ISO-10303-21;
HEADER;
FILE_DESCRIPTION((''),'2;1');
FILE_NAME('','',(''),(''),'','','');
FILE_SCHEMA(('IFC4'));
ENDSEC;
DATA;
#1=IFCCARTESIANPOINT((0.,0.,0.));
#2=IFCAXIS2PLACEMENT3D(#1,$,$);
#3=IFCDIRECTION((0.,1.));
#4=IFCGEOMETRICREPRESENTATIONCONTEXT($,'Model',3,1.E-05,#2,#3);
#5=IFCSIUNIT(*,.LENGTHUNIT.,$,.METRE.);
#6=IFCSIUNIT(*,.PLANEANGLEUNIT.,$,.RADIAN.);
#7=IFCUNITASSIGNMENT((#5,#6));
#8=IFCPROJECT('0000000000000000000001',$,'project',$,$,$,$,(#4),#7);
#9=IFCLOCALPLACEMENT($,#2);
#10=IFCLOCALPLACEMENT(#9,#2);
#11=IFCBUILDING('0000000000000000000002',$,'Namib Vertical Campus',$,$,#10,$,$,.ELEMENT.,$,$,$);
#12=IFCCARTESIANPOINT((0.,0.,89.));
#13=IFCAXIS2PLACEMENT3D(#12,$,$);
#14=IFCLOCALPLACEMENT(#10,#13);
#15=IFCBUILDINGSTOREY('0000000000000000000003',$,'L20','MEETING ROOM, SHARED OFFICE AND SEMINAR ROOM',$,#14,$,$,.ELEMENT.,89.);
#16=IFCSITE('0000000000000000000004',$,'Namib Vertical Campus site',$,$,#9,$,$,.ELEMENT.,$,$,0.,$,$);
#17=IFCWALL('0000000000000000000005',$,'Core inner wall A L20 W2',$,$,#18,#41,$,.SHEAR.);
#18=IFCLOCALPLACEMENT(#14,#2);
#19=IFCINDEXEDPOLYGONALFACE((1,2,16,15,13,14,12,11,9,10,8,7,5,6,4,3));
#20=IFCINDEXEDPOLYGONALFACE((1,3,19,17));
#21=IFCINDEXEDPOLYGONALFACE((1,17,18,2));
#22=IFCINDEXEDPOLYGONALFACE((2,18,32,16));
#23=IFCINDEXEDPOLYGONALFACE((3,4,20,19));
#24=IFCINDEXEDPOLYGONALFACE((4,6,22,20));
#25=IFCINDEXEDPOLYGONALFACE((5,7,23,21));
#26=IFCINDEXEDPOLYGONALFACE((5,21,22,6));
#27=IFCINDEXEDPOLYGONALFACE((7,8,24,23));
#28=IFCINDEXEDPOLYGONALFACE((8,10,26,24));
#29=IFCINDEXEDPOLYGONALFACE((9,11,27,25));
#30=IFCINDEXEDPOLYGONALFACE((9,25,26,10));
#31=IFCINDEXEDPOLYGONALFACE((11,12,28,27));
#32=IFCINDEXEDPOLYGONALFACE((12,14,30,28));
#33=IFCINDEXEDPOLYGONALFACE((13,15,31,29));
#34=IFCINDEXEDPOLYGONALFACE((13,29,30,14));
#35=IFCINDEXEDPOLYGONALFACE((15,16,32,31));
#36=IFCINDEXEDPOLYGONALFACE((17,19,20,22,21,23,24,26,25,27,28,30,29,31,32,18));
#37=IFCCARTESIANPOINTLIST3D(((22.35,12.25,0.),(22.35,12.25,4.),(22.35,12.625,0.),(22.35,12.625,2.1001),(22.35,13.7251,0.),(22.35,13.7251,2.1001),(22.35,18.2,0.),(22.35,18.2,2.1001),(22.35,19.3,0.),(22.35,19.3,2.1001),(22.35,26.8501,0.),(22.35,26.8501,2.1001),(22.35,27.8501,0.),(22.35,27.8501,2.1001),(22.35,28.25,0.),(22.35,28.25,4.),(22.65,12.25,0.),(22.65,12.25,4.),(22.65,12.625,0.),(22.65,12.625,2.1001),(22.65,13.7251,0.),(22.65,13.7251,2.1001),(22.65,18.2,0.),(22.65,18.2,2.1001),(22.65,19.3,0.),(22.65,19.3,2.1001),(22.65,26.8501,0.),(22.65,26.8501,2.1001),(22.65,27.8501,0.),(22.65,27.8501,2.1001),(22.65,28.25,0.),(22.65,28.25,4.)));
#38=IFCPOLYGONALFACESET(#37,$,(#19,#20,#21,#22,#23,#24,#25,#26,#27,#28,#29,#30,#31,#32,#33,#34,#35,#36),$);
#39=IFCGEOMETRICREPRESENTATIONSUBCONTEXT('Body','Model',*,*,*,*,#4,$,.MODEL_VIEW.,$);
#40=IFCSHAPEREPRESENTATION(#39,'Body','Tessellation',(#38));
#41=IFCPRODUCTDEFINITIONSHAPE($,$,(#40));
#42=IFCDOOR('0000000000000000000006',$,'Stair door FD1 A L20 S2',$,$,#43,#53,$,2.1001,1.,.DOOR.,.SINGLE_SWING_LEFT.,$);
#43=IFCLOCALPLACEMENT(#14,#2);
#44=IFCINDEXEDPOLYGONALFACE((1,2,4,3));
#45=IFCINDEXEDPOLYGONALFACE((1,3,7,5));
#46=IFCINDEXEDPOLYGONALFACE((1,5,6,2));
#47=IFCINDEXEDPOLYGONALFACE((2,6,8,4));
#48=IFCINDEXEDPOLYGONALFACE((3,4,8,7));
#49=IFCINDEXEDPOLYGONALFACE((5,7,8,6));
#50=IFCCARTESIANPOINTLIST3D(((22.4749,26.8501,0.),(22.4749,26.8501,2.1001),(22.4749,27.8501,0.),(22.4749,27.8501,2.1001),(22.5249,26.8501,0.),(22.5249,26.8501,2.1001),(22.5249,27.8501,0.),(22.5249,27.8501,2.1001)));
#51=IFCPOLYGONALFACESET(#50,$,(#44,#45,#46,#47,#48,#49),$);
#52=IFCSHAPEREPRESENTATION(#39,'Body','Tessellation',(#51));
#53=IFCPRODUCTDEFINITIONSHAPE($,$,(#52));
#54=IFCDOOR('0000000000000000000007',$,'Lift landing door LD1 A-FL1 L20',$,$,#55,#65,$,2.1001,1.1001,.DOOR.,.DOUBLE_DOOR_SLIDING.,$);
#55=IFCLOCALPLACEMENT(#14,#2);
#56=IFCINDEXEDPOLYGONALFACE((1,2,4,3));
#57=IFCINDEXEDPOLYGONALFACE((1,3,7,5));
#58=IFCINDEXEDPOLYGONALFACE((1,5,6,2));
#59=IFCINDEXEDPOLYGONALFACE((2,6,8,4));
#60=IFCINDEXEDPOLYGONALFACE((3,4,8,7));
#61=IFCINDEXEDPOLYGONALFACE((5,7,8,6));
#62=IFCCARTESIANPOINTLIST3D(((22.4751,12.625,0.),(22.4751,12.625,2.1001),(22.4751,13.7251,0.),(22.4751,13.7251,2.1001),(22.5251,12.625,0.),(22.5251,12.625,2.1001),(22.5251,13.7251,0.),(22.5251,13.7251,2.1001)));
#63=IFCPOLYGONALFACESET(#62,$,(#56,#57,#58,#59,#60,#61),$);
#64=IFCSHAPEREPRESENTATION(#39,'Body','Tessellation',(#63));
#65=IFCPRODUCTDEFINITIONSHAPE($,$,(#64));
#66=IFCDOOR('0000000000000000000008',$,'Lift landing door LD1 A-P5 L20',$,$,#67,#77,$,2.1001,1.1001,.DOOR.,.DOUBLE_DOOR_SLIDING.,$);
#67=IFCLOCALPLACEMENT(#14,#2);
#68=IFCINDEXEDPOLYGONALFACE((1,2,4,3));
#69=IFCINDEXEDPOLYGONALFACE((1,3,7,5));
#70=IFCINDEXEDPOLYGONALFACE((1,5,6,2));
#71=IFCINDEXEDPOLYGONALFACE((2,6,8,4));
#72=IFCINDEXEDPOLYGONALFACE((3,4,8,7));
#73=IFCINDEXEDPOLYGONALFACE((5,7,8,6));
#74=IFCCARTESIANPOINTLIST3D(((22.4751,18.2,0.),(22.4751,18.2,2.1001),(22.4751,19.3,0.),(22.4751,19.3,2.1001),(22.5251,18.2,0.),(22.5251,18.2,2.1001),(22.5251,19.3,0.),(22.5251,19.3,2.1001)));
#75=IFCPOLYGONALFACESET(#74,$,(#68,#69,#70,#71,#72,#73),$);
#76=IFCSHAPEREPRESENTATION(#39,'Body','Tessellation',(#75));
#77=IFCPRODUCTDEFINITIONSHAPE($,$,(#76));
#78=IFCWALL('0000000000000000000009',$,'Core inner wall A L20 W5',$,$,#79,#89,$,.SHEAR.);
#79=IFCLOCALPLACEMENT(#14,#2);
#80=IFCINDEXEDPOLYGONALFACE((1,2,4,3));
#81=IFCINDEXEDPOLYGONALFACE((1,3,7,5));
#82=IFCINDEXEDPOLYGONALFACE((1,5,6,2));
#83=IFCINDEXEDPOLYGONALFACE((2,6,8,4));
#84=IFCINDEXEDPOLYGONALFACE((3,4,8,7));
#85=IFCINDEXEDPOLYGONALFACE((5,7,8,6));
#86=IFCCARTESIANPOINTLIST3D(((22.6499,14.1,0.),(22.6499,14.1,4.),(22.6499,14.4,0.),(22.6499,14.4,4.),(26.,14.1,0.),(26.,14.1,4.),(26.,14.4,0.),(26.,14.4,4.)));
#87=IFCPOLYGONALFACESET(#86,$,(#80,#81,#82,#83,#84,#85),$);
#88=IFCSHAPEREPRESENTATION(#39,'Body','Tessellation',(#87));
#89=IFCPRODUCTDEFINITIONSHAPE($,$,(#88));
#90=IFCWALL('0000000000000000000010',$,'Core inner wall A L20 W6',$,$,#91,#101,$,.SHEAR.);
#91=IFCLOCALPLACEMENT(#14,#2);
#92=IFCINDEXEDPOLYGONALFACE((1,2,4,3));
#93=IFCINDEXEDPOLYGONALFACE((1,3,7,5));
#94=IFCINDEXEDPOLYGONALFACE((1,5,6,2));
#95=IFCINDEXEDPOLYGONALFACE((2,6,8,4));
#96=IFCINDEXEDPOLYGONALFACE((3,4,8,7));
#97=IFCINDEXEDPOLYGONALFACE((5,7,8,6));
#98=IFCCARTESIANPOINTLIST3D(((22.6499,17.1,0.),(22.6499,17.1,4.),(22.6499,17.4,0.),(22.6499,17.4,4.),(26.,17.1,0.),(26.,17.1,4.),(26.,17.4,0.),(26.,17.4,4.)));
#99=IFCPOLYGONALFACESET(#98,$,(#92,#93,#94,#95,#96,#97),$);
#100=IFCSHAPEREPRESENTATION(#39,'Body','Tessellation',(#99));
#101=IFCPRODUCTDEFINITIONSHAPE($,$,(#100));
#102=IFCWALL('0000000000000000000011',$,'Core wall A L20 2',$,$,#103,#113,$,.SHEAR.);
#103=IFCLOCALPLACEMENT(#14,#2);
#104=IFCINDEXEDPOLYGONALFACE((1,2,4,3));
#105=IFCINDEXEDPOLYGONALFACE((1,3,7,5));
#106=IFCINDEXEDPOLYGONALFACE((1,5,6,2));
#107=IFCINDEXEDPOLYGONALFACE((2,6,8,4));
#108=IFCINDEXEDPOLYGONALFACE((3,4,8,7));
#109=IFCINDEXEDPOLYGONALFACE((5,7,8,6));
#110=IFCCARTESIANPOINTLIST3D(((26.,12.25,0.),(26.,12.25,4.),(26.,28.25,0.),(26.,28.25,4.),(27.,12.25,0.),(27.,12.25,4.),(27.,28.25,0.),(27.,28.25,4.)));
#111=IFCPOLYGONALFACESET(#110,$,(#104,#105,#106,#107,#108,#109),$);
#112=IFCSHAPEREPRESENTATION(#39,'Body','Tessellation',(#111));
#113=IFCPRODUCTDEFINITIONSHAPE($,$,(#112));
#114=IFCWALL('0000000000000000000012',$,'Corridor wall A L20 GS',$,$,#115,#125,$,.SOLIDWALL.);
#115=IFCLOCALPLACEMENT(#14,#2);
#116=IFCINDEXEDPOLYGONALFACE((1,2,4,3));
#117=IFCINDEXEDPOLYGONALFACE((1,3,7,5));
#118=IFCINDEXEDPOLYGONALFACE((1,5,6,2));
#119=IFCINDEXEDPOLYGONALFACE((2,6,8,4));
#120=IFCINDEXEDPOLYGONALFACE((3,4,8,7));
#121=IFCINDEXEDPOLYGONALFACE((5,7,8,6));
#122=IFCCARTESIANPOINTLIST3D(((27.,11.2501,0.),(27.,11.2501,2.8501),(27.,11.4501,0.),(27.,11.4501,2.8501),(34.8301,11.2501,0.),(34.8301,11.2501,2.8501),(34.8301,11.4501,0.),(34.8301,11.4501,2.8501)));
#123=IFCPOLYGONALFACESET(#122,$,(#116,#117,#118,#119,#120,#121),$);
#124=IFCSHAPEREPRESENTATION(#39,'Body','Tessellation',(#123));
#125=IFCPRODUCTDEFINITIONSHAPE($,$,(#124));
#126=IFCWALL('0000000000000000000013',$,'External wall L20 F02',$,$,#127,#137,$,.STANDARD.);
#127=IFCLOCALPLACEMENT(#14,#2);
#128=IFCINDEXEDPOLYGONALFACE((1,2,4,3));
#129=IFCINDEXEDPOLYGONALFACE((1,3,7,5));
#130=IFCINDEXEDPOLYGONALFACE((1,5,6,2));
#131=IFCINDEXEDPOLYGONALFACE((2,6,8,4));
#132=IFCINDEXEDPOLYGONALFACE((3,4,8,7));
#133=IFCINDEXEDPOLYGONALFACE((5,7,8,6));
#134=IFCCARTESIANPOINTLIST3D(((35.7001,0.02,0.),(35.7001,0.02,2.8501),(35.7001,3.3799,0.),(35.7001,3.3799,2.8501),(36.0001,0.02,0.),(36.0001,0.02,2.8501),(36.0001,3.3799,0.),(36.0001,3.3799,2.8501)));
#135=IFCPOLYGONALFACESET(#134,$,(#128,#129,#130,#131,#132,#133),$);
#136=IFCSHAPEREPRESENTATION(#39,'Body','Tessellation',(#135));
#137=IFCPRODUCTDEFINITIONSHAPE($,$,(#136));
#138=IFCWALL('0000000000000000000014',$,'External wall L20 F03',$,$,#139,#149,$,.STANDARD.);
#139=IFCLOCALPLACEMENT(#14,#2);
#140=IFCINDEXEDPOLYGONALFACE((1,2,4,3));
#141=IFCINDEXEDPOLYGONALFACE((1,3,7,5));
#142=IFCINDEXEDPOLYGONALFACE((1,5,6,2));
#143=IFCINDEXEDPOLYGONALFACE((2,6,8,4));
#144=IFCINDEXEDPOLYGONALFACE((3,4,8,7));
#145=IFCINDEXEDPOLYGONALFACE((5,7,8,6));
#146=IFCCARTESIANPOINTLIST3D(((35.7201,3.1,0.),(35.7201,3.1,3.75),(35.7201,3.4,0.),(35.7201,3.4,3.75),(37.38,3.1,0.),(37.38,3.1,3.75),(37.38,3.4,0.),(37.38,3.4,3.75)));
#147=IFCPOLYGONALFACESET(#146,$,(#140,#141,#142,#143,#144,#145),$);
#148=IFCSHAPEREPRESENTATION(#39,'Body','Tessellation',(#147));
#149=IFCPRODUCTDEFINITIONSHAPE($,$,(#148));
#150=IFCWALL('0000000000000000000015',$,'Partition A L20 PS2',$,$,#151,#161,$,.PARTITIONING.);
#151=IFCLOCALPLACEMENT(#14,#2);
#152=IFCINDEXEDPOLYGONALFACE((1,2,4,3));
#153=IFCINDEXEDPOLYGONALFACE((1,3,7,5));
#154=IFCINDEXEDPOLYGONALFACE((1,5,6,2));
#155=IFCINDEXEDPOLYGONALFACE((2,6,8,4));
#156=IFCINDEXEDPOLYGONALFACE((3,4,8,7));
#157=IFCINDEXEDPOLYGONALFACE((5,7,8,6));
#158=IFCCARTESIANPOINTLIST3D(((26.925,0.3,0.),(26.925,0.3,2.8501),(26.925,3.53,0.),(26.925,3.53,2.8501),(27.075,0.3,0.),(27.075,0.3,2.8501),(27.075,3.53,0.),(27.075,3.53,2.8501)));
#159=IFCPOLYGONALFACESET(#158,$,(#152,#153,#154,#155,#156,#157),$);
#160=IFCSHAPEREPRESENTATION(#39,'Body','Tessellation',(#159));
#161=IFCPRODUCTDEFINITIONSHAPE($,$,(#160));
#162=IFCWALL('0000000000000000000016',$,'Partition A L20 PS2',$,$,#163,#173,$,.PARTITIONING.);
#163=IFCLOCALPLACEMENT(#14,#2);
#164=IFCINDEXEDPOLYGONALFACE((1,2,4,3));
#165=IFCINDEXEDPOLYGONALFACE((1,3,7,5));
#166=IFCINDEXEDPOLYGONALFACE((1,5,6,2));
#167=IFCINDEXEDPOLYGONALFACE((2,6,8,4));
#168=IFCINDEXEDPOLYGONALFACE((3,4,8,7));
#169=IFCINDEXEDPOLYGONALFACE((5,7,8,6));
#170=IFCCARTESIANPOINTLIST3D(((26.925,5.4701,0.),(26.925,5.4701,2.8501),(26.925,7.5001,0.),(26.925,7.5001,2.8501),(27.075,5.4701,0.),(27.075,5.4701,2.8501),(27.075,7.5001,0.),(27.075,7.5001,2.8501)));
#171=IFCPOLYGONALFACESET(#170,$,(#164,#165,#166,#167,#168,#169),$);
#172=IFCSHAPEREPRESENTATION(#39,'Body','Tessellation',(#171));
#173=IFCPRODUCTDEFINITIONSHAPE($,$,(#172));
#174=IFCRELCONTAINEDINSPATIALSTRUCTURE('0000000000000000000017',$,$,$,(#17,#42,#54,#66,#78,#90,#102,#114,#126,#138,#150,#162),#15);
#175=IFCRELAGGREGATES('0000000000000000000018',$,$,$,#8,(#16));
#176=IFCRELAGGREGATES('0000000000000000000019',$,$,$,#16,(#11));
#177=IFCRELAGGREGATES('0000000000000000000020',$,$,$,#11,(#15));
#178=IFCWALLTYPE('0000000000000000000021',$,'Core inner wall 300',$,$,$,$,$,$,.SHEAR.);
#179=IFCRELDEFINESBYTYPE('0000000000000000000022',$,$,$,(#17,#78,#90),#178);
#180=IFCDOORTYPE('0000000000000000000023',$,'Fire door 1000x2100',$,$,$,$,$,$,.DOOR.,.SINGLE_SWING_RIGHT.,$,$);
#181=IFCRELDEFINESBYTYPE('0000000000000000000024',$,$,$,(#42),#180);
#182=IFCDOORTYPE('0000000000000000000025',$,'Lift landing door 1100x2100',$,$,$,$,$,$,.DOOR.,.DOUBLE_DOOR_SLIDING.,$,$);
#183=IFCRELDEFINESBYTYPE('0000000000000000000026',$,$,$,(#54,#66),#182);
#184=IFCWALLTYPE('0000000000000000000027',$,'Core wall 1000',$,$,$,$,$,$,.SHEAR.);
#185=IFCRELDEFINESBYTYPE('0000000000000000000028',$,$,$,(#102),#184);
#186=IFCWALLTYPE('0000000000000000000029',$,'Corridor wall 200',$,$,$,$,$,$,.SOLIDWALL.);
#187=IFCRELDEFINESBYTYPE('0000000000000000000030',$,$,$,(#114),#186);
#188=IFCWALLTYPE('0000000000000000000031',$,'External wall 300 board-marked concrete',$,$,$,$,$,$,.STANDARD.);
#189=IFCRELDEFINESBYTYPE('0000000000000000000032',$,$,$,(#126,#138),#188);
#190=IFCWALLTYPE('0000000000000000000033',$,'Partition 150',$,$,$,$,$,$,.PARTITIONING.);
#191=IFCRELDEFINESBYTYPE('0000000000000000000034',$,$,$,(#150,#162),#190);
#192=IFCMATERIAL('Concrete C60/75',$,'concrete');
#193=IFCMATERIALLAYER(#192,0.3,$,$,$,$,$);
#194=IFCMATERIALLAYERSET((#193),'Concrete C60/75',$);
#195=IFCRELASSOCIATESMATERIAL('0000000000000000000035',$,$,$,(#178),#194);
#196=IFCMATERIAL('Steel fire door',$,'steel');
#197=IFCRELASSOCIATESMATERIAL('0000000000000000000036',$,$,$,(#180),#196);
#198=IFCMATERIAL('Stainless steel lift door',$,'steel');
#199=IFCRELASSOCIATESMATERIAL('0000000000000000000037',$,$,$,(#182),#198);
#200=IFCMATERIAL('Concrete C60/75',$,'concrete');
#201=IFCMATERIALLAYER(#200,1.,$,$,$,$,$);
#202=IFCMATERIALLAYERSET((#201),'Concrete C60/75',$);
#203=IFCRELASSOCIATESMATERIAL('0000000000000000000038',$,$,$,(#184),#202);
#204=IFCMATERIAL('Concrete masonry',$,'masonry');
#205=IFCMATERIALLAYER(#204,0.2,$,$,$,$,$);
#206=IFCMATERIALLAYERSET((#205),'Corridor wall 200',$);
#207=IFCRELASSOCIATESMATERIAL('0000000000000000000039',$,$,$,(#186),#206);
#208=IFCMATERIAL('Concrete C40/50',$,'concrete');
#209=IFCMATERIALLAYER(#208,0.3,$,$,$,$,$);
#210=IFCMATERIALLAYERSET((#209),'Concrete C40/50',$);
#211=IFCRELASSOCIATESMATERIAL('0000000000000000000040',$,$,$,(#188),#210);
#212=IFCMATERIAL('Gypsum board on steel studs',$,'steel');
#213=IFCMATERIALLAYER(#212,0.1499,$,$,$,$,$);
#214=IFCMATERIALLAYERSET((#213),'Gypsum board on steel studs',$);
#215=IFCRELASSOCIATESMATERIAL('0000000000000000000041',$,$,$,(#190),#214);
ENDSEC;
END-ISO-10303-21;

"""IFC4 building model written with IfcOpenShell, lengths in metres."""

from ifc_helpers import new_model, si_unit, direction, frame, frame_2d, origin, place, context, subcontext, project, spatial, rectangle, extrude, material, layer, layer_set, type_object, element, fill, save


model = new_model("IFC4")

# Units and contexts
model_context = context("Model", 3, precision=1e-05, world=origin(), true_north=direction((0.0, 1.0)))
body_context = subcontext(model_context, "Body", "Model", "MODEL_VIEW")
ifc_project = project(units=[si_unit("LENGTHUNIT", "METRE"), si_unit("PLANEANGLEUNIT", "RADIAN")], contexts=[model_context])

# Site, building, storey
site_placement = place(None, origin())
site = spatial("IfcSite", under=ifc_project, at=site_placement, Name="Namib Vertical Campus site", CompositionType="ELEMENT", RefElevation=0.0)
building_placement = place(site_placement, origin())
building = spatial("IfcBuilding", under=site, at=building_placement, Name="Namib Vertical Campus", CompositionType="ELEMENT")
storey_placement = place(building_placement, frame((0.0, 0.0, 89.0)))
storey = spatial("IfcBuildingStorey", under=building, at=storey_placement, Name="L20", Description="MEETING ROOM, SHARED OFFICE AND SEMINAR ROOM", CompositionType="ELEMENT", Elevation=89.0)

# Wall, openings, doors
ifc_material_1 = material(Name="Concrete C60/75", Category="concrete")
ifc_layer_1 = layer(ifc_material_1, 0.3)
ifc_layer_set_1 = layer_set([ifc_layer_1], Name="Concrete C60/75")
wall_type_1 = type_object("IfcWallType", Name="Core inner wall 300", PredefinedType="SHEAR", material=ifc_layer_set_1)
wall_1_placement = place(storey_placement, frame((22.5, 12.25, 0.0), z_axis=(0.0, 0.0, 1.0), x_axis=(0.0, 1.0, 0.0)))
wall_1 = element("IfcWall", 1, at=wall_1_placement, inside=storey, type_object=wall_type_1, Name="Core inner wall A L20 W2", PredefinedType="SHEAR", context=body_context, shape_type="SweptSolid", body=[
    extrude(rectangle(XDim=16.0, YDim=0.3, at=frame_2d((8.0, 0.0))), origin(), (0.0, 0.0, 1.0), 4.0),
])
opening_1_placement = place(wall_1_placement, frame((14.6001, 0.0, 0.0)))
opening_1 = element("IfcOpeningElement", 2, at=opening_1_placement, cuts=wall_1, PredefinedType="OPENING", context=body_context, shape_type="SweptSolid", body=[
    extrude(rectangle(XDim=1.0, YDim=2.1001, at=frame_2d((0.5, 1.05))), frame((0.0, 0.1599, 0.0), z_axis=(0.0, -1.0, 0.0), x_axis=(1.0, 0.0, 0.0)), (0.0, 0.0, 1.0), 0.3201),
])
opening_2_placement = place(wall_1_placement, frame((0.375, 0.0, 0.0)))
opening_2 = element("IfcOpeningElement", 3, at=opening_2_placement, cuts=wall_1, PredefinedType="OPENING", context=body_context, shape_type="SweptSolid", body=[
    extrude(rectangle(XDim=1.1001, YDim=2.1001, at=frame_2d((0.55, 1.05))), frame((0.0, 0.1599, 0.0), z_axis=(0.0, -1.0, 0.0), x_axis=(1.0, 0.0, 0.0)), (0.0, 0.0, 1.0), 0.3201),
])
opening_3_placement = place(wall_1_placement, frame((5.95, 0.0, 0.0)))
opening_3 = element("IfcOpeningElement", 4, at=opening_3_placement, cuts=wall_1, PredefinedType="OPENING", context=body_context, shape_type="SweptSolid", body=[
    extrude(rectangle(XDim=1.1001, YDim=2.1001, at=frame_2d((0.55, 1.05))), frame((0.0, 0.1599, 0.0), z_axis=(0.0, -1.0, 0.0), x_axis=(1.0, 0.0, 0.0)), (0.0, 0.0, 1.0), 0.3201),
])
ifc_material_2 = material(Name="Steel fire door", Category="steel")
door_type_1 = type_object("IfcDoorType", Name="Fire door 1000x2100", OperationType="SINGLE_SWING_RIGHT", PredefinedType="DOOR", material=ifc_material_2)
door_1_placement = place(opening_1_placement, frame((1.0, 0.0, 0.0), z_axis=(0.0, 0.0, 1.0), x_axis=(-1.0, 0.0, 0.0)))
door_1 = element("IfcDoor", 5, at=door_1_placement, inside=storey, type_object=door_type_1, Name="Stair door FD1 A L20 S2", OperationType="SINGLE_SWING_LEFT", OverallHeight=2.1001, OverallWidth=1.0, PredefinedType="DOOR", context=body_context, shape_type="SweptSolid", body=[
    extrude(rectangle(XDim=1.0, YDim=2.1001, at=frame_2d((0.5, 1.05))), frame((0.0, 0.0249, 0.0), z_axis=(0.0, -1.0, 0.0), x_axis=(1.0, 0.0, 0.0)), (0.0, 0.0, 1.0), 0.05),
])
fill(opening_1, door_1)
ifc_material_3 = material(Name="Stainless steel lift door", Category="steel")
door_type_2 = type_object("IfcDoorType", Name="Lift landing door 1100x2100", OperationType="DOUBLE_DOOR_SLIDING", PredefinedType="DOOR", material=ifc_material_3)
door_2_placement = place(opening_2_placement, origin())
door_2 = element("IfcDoor", 6, at=door_2_placement, inside=storey, type_object=door_type_2, Name="Lift landing door LD1 A-FL1 L20", OperationType="DOUBLE_DOOR_SLIDING", OverallHeight=2.1001, OverallWidth=1.1001, PredefinedType="DOOR", context=body_context, shape_type="SweptSolid", body=[
    extrude(rectangle(XDim=1.1001, YDim=2.1001, at=frame_2d((0.55, 1.05))), frame((0.0, 0.0249, 0.0), z_axis=(0.0, -1.0, 0.0), x_axis=(1.0, 0.0, 0.0)), (0.0, 0.0, 1.0), 0.05),
])
fill(opening_2, door_2)
door_3_placement = place(opening_3_placement, origin())
door_3 = element("IfcDoor", 7, at=door_3_placement, inside=storey, type_object=door_type_2, Name="Lift landing door LD1 A-P5 L20", OperationType="DOUBLE_DOOR_SLIDING", OverallHeight=2.1001, OverallWidth=1.1001, PredefinedType="DOOR", context=body_context, shape_type="SweptSolid", body=[
    extrude(rectangle(XDim=1.1001, YDim=2.1001, at=frame_2d((0.55, 1.05))), frame((0.0, 0.0249, 0.0), z_axis=(0.0, -1.0, 0.0), x_axis=(1.0, 0.0, 0.0)), (0.0, 0.0, 1.0), 0.05),
])
fill(opening_3, door_3)

# Walls
for number, where, z_axis, x_axis, name in (
    (8, (22.6499, 14.25, 0.0), (0.0, 0.0, 1.0), (1.0, 0.0, 0.0), "Core inner wall A L20 W5"),
    (9, (22.6499, 17.25, 0.0), (0.0, 0.0, 1.0), (1.0, 0.0, 0.0), "Core inner wall A L20 W6"),
):
    element("IfcWall", number, at=place(storey_placement, frame(where, z_axis=z_axis, x_axis=x_axis)), inside=storey, type_object=wall_type_1, Name=name, PredefinedType="SHEAR", context=body_context, shape_type="SweptSolid", body=[
        extrude(rectangle(XDim=3.3501, YDim=0.3, at=frame_2d((1.675, 0.0))), origin(), (0.0, 0.0, 1.0), 4.0),
    ])
ifc_material_4 = material(Name="Concrete C60/75", Category="concrete")
ifc_layer_2 = layer(ifc_material_4, 1.0)
ifc_layer_set_2 = layer_set([ifc_layer_2], Name="Concrete C60/75")
wall_type_2 = type_object("IfcWallType", Name="Core wall 1000", PredefinedType="SHEAR", material=ifc_layer_set_2)
wall_2_placement = place(storey_placement, frame((26.5, 12.25, 0.0), z_axis=(0.0, 0.0, 1.0), x_axis=(0.0, 1.0, 0.0)))
element("IfcWall", 10, at=wall_2_placement, inside=storey, type_object=wall_type_2, Name="Core wall A L20 2", PredefinedType="SHEAR", context=body_context, shape_type="SweptSolid", body=[
    extrude(rectangle(XDim=16.0, YDim=1.0, at=frame_2d((8.0, 0.0))), origin(), (0.0, 0.0, 1.0), 4.0),
])
ifc_material_5 = material(Name="Concrete masonry", Category="masonry")
ifc_layer_3 = layer(ifc_material_5, 0.2)
ifc_layer_set_3 = layer_set([ifc_layer_3], Name="Corridor wall 200")
wall_type_3 = type_object("IfcWallType", Name="Corridor wall 200", PredefinedType="SOLIDWALL", material=ifc_layer_set_3)
wall_3_placement = place(storey_placement, frame((27.0, 11.3501, 0.0), z_axis=(0.0, 0.0, 1.0), x_axis=(1.0, 0.0, 0.0)))
element("IfcWall", 11, at=wall_3_placement, inside=storey, type_object=wall_type_3, Name="Corridor wall A L20 GS", PredefinedType="SOLIDWALL", context=body_context, shape_type="SweptSolid", body=[
    extrude(rectangle(XDim=7.8301, YDim=0.2, at=frame_2d((3.915, 0.0))), origin(), (0.0, 0.0, 1.0), 2.8501),
])
ifc_material_6 = material(Name="Concrete C40/50", Category="concrete")
ifc_layer_4 = layer(ifc_material_6, 0.3)
ifc_layer_set_4 = layer_set([ifc_layer_4], Name="Concrete C40/50")
wall_type_4 = type_object("IfcWallType", Name="External wall 300 board-marked concrete", PredefinedType="STANDARD", material=ifc_layer_set_4)
wall_4_placement = place(storey_placement, frame((35.8501, 0.02, 0.0), z_axis=(0.0, 0.0, 1.0), x_axis=(0.0, 1.0, 0.0)))
element("IfcWall", 12, at=wall_4_placement, inside=storey, type_object=wall_type_4, Name="External wall L20 F02", PredefinedType="STANDARD", context=body_context, shape_type="SweptSolid", body=[
    extrude(rectangle(XDim=3.3599, YDim=0.3, at=frame_2d((1.6799, 0.0))), origin(), (0.0, 0.0, 1.0), 2.8501),
])
wall_5_placement = place(storey_placement, frame((35.72, 3.25, 0.0), z_axis=(0.0, 0.0, 1.0), x_axis=(1.0, 0.0, 0.0)))
element("IfcWall", 13, at=wall_5_placement, inside=storey, type_object=wall_type_4, Name="External wall L20 F03", PredefinedType="STANDARD", context=body_context, shape_type="SweptSolid", body=[
    extrude(rectangle(XDim=1.6599, YDim=0.3, at=frame_2d((0.8301, 0.0))), origin(), (0.0, 0.0, 1.0), 3.75),
])
ifc_material_7 = material(Name="Gypsum board on steel studs", Category="steel")
ifc_layer_5 = layer(ifc_material_7, 0.1499)
ifc_layer_set_5 = layer_set([ifc_layer_5], Name="Gypsum board on steel studs")
wall_type_5 = type_object("IfcWallType", Name="Partition 150", PredefinedType="PARTITIONING", material=ifc_layer_set_5)
wall_6_placement = place(storey_placement, frame((27.0, 0.3, 0.0), z_axis=(0.0, 0.0, 1.0), x_axis=(0.0, 1.0, 0.0)))
element("IfcWall", 14, at=wall_6_placement, inside=storey, type_object=wall_type_5, Name="Partition A L20 PS2", PredefinedType="PARTITIONING", context=body_context, shape_type="SweptSolid", body=[
    extrude(rectangle(XDim=3.23, YDim=0.1499, at=frame_2d((1.615, 0.0))), origin(), (0.0, 0.0, 1.0), 2.8501),
])
wall_7_placement = place(storey_placement, frame((27.0, 5.47, 0.0), z_axis=(0.0, 0.0, 1.0), x_axis=(0.0, 1.0, 0.0)))
element("IfcWall", 15, at=wall_7_placement, inside=storey, type_object=wall_type_5, Name="Partition A L20 PS2", PredefinedType="PARTITIONING", context=body_context, shape_type="SweptSolid", body=[
    extrude(rectangle(XDim=2.03, YDim=0.1499, at=frame_2d((1.0151, 0.0))), origin(), (0.0, 0.0, 1.0), 2.8501),
])

save(model, "model.ifc")
